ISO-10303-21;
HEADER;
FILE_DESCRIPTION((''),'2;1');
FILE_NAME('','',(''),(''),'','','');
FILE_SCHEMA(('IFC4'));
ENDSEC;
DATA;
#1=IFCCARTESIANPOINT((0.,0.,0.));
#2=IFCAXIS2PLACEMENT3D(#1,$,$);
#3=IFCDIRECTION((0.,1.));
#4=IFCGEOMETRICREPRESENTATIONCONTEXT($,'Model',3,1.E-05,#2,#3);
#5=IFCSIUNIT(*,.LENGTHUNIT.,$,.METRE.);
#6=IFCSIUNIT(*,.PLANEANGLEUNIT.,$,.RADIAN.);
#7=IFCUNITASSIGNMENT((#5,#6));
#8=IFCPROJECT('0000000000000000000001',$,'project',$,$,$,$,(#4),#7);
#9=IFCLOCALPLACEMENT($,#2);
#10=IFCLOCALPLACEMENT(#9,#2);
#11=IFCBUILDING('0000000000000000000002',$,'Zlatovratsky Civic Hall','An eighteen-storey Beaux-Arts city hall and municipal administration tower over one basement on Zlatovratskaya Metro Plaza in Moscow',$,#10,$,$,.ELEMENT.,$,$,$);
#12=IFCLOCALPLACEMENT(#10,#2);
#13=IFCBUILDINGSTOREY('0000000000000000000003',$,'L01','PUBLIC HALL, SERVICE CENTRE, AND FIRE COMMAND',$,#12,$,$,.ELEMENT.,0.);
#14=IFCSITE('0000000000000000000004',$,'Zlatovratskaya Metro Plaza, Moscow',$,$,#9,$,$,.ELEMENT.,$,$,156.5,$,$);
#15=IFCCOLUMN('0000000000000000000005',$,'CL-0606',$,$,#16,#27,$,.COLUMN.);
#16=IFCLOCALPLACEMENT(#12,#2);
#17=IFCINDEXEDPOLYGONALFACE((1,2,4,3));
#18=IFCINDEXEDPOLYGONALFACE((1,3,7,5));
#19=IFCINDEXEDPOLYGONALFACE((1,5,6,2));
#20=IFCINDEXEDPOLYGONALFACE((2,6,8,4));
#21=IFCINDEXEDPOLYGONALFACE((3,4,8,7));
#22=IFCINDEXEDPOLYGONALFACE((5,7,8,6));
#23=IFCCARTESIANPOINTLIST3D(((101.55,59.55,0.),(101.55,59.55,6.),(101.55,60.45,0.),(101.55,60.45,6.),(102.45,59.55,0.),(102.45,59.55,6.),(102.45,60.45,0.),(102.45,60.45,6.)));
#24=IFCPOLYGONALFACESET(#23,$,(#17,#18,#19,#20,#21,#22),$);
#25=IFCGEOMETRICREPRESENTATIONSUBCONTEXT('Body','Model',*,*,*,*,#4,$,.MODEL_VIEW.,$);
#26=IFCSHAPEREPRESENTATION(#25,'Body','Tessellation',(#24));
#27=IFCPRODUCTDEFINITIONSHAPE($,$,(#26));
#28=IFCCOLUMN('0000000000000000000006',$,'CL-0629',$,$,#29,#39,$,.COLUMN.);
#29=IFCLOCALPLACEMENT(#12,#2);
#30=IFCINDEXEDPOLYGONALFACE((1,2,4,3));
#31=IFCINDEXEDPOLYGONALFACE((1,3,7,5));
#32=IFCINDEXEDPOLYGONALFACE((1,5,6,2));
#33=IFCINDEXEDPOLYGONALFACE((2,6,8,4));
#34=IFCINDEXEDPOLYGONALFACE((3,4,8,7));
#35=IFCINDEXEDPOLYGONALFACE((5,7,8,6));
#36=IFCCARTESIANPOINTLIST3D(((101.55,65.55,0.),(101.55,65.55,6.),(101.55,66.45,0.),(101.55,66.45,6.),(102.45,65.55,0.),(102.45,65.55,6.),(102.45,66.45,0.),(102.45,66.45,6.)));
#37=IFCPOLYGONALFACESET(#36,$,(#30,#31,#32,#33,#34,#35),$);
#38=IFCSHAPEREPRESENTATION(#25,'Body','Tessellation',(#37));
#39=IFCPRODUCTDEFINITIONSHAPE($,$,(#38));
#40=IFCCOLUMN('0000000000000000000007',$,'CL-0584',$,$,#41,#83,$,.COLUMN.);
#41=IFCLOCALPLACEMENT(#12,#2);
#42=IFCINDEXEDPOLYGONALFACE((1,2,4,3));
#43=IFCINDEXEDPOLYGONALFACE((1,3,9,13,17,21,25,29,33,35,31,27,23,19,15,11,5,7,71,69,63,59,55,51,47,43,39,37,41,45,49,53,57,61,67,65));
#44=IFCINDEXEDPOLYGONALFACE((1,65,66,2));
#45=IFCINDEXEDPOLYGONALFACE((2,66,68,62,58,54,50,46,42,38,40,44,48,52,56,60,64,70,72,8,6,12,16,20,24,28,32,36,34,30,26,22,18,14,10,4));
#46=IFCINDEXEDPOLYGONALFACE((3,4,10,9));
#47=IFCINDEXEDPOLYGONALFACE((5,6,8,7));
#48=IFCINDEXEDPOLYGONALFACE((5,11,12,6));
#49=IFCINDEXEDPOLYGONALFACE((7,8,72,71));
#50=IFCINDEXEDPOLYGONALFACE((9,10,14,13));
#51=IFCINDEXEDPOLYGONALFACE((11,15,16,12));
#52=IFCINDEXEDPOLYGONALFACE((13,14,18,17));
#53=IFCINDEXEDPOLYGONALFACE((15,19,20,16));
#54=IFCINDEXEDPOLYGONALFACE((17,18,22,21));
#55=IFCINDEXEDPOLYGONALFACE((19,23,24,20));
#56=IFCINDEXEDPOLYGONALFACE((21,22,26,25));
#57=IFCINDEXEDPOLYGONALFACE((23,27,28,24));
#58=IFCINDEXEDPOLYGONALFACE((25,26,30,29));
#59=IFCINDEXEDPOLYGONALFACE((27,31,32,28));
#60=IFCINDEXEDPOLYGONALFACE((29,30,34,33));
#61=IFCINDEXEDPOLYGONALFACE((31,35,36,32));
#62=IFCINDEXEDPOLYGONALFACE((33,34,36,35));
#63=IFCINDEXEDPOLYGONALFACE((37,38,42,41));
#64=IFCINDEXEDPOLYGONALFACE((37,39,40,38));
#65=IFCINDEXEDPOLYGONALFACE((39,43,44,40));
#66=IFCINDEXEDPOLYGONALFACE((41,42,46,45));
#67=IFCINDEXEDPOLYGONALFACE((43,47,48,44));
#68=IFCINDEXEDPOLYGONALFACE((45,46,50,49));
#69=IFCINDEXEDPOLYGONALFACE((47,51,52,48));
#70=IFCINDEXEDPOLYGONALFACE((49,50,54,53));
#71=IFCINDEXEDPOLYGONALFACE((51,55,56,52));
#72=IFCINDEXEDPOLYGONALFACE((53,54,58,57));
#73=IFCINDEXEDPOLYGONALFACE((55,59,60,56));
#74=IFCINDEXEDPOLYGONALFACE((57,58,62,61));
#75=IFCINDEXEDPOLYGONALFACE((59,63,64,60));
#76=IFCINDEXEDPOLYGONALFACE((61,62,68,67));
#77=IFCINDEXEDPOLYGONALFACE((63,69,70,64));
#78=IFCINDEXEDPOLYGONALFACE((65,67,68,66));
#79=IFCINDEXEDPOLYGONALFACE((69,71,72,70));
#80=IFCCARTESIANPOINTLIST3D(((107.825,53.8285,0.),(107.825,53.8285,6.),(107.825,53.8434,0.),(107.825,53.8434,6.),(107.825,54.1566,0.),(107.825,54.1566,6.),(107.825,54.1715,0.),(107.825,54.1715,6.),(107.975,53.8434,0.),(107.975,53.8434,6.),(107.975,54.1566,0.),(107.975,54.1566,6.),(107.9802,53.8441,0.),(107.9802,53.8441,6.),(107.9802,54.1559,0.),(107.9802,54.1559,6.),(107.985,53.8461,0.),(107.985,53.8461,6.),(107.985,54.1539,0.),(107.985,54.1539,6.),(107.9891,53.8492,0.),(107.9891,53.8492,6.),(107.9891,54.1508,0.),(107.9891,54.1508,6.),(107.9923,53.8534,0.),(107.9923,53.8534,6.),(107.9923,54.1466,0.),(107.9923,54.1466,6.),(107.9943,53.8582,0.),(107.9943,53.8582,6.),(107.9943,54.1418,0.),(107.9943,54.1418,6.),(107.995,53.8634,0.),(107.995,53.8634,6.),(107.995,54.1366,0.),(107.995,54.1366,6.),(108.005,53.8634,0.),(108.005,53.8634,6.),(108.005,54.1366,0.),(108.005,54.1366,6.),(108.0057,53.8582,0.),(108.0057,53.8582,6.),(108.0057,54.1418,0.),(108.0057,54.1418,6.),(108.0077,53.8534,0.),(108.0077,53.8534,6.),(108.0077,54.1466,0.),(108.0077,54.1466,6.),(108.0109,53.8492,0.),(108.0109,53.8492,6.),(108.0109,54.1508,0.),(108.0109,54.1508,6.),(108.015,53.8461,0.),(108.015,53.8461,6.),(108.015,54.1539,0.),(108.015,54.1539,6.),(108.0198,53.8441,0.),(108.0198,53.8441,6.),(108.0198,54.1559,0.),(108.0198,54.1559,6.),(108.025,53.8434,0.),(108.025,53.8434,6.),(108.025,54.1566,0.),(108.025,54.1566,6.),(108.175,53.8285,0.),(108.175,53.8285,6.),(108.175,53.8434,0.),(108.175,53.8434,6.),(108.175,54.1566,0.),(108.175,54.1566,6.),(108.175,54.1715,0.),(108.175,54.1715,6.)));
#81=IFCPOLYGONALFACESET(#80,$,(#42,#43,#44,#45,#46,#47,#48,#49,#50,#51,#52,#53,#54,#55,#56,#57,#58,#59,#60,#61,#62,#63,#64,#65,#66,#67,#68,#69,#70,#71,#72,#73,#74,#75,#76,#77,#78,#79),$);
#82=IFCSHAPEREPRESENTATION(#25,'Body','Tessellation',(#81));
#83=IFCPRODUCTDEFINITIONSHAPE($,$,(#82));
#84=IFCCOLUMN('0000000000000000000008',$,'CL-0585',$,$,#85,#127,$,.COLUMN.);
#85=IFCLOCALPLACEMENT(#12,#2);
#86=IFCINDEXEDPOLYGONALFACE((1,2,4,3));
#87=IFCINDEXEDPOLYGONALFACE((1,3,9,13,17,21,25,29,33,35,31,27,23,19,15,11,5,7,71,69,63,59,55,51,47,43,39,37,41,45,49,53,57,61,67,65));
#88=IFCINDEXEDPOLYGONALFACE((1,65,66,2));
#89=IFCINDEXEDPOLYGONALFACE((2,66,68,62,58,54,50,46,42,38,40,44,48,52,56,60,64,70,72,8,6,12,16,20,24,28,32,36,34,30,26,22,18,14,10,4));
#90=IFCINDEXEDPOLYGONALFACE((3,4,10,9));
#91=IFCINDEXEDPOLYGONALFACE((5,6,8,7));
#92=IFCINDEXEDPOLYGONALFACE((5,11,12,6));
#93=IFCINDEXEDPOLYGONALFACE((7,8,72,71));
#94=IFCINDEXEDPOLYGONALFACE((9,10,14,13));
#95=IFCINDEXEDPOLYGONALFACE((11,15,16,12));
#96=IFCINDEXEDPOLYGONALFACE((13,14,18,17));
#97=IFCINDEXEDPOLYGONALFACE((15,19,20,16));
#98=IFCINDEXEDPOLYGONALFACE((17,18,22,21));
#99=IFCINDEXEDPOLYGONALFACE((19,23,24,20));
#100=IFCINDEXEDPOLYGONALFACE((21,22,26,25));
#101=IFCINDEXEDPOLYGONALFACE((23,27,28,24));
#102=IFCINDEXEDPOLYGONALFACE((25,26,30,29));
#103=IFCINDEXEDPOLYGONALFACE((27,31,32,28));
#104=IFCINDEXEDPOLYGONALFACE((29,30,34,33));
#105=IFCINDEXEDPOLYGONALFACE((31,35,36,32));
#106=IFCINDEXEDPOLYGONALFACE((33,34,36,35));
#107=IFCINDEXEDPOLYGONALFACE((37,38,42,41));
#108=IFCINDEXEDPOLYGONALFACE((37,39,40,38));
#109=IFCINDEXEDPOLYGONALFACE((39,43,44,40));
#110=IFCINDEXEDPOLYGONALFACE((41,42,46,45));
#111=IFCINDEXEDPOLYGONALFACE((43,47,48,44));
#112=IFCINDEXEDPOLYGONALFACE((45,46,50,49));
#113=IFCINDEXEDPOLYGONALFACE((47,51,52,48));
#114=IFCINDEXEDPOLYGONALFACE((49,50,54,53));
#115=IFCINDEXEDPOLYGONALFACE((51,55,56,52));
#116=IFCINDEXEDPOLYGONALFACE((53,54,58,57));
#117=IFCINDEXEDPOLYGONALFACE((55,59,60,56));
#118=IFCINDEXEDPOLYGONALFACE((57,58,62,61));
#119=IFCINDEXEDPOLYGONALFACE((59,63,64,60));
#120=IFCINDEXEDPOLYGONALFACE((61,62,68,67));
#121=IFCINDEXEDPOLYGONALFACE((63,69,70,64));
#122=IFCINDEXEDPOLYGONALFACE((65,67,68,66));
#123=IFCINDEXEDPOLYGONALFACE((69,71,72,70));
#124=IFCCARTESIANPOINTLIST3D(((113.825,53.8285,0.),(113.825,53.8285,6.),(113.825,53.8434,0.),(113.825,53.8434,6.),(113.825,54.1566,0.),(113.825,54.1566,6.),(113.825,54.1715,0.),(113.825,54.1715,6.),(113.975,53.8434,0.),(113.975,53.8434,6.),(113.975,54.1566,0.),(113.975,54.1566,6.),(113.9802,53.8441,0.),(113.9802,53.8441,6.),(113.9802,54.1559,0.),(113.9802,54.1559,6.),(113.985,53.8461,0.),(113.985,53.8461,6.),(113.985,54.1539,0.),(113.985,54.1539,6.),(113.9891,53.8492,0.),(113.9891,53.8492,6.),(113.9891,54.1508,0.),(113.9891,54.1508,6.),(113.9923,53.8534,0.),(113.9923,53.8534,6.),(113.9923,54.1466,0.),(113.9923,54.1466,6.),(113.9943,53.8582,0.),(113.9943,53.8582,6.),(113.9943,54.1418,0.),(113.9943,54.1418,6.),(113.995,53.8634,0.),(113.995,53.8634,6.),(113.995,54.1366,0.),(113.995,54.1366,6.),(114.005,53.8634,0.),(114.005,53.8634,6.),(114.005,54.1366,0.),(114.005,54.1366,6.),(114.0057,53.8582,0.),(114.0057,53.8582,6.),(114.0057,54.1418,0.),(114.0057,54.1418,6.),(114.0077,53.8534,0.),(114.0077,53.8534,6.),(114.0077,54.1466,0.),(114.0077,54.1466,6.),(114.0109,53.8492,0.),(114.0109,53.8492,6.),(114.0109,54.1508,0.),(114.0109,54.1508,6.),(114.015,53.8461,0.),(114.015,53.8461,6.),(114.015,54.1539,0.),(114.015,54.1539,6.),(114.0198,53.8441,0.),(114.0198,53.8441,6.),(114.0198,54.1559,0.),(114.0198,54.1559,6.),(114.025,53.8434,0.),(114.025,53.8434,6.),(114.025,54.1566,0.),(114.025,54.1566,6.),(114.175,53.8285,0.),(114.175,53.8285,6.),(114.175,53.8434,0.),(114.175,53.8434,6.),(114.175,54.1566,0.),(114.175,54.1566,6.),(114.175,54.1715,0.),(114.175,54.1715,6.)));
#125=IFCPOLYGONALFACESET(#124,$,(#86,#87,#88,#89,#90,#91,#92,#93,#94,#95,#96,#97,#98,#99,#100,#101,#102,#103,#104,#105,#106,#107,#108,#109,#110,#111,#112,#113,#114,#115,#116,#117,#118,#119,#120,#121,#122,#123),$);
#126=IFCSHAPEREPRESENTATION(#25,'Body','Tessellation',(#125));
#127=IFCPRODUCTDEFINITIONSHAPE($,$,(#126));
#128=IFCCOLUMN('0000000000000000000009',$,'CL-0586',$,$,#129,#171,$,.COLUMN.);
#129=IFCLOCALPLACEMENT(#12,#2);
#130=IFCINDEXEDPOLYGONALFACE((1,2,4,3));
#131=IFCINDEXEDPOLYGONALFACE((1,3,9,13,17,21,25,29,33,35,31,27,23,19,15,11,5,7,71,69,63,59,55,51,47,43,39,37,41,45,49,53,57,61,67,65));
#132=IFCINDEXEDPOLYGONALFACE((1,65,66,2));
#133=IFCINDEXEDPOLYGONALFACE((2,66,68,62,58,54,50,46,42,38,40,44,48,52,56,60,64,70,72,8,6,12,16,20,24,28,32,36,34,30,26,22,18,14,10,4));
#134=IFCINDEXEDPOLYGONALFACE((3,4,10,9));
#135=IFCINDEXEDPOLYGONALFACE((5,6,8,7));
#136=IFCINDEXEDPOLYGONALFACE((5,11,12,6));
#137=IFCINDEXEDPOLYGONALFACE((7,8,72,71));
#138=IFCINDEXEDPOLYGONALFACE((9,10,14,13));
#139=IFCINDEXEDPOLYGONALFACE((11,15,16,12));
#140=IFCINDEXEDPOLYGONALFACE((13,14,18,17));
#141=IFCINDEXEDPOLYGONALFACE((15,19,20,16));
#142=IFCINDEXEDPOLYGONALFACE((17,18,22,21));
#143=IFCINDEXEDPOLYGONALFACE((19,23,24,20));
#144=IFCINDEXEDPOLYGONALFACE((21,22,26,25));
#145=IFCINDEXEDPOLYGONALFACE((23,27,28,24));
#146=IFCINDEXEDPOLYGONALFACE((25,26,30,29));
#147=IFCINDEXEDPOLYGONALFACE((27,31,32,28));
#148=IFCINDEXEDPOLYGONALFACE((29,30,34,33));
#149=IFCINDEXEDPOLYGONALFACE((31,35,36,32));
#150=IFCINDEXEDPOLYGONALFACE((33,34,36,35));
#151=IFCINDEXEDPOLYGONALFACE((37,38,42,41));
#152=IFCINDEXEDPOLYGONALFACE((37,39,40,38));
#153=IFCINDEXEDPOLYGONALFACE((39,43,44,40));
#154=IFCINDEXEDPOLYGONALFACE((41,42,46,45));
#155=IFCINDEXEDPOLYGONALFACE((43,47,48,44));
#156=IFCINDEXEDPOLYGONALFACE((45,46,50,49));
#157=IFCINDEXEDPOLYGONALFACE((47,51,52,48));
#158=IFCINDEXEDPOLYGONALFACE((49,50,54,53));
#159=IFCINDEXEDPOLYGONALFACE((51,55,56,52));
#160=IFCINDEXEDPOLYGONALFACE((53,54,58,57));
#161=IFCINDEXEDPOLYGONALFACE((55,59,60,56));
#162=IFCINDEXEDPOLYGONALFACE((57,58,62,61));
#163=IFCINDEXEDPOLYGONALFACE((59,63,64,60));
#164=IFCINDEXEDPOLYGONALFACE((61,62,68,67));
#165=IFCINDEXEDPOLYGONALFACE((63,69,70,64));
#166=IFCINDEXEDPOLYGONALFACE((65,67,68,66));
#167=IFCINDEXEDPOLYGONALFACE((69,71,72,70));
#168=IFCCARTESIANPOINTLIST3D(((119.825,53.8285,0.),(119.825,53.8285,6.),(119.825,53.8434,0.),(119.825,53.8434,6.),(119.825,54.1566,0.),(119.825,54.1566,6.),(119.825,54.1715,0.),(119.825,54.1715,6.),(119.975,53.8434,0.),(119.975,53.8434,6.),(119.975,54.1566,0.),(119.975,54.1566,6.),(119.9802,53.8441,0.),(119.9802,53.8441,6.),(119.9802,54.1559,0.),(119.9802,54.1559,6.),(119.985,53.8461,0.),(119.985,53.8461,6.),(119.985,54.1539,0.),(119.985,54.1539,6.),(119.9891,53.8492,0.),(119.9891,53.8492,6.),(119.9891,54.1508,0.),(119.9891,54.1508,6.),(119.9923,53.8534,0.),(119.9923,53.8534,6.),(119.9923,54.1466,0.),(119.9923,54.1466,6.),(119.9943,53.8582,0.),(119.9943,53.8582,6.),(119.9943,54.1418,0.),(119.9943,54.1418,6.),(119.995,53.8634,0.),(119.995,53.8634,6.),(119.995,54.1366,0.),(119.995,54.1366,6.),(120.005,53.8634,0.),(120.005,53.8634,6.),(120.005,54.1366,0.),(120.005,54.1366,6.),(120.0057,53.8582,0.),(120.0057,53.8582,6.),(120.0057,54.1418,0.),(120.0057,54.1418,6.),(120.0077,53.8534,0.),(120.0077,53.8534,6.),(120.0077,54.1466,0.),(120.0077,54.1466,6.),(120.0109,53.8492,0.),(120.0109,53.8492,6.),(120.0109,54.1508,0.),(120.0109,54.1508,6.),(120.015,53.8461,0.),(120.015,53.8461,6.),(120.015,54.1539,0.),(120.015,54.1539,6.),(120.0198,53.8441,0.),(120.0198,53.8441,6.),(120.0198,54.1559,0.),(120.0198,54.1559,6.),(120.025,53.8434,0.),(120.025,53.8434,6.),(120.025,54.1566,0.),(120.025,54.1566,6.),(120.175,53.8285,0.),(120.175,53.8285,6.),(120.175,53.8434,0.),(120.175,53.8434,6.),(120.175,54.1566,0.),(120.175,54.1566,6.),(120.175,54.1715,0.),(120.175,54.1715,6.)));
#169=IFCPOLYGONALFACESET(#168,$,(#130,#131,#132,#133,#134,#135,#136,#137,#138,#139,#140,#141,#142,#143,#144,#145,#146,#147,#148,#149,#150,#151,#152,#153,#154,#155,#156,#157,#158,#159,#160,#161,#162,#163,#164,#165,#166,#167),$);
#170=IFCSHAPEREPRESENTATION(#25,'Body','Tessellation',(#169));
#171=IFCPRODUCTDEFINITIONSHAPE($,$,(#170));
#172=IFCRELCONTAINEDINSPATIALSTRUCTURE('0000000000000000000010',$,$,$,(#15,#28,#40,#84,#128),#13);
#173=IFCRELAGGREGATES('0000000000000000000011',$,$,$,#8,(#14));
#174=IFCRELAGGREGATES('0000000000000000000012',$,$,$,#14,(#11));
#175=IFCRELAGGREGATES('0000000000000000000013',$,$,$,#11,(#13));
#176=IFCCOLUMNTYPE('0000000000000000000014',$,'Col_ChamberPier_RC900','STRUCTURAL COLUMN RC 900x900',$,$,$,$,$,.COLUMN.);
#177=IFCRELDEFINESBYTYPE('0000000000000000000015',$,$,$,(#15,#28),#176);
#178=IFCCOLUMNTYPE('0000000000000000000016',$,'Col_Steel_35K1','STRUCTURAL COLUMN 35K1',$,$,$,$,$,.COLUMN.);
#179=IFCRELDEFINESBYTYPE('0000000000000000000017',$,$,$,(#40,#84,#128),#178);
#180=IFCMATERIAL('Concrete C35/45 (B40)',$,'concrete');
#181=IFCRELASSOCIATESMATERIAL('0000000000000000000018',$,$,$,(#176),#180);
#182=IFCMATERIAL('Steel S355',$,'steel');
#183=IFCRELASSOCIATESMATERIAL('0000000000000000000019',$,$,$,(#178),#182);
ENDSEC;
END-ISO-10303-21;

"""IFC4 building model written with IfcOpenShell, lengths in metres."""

from ifc_helpers import new_model, si_unit, direction, frame, origin, origin_2d, place, context, subcontext, project, spatial, rectangle, i_section, extrude, material, material_profile, profile_set, type_object, element, save


model = new_model("IFC4")

# Units and contexts
model_context = context("Model", 3, precision=1e-05, world=origin(), true_north=direction((0.0, 1.0)))
body_context = subcontext(model_context, "Body", "Model", "MODEL_VIEW")
ifc_project = project(units=[si_unit("LENGTHUNIT", "METRE"), si_unit("PLANEANGLEUNIT", "RADIAN")], contexts=[model_context])

# Site, building, storey
site_placement = place(None, origin())
site = spatial("IfcSite", under=ifc_project, at=site_placement, Name="Zlatovratskaya Metro Plaza, Moscow", CompositionType="ELEMENT", RefElevation=156.5)
building_placement = place(site_placement, origin())
building = spatial("IfcBuilding", under=site, at=building_placement, Name="Zlatovratsky Civic Hall", Description="An eighteen-storey Beaux-Arts city hall and municipal administration tower over one basement on Zlatovratskaya Metro Plaza in Moscow", CompositionType="ELEMENT")
storey_placement = place(building_placement, origin())
storey = spatial("IfcBuildingStorey", under=building, at=storey_placement, Name="L01", Description="PUBLIC HALL, SERVICE CENTRE, AND FIRE COMMAND", CompositionType="ELEMENT", Elevation=0.0)

# Columns
ifc_material_1 = material(Name="Concrete C35/45 (B40)", Category="concrete")
ifc_material_profile_1 = material_profile(ifc_material_1, rectangle(XDim=0.8999, YDim=0.8999, at=origin_2d()), Name="RC 900x900")
ifc_profile_set_1 = profile_set([ifc_material_profile_1], Name="Concrete C35/45 (B40)")
column_type_1 = type_object("IfcColumnType", Name="Col_ChamberPier_RC900", Description="STRUCTURAL COLUMN RC 900x900", PredefinedType="COLUMN", material=ifc_profile_set_1)
for number, where, z_axis, x_axis, name in (
    (1, (102.0, 60.0, 0.0), (0.0, 0.0, 1.0), (1.0, 0.0, 0.0), "CL-0606"),
    (2, (102.0, 66.0, 0.0), (0.0, 0.0, 1.0), (1.0, 0.0, 0.0), "CL-0629"),
):
    element("IfcColumn", number, at=place(storey_placement, frame(where, z_axis=z_axis, x_axis=x_axis)), inside=storey, type_object=column_type_1, Name=name, PredefinedType="COLUMN", context=body_context, shape_type="SweptSolid", body=[
        extrude(rectangle(XDim=0.8999, YDim=0.8999, at=origin_2d()), origin(), (0.0, 0.0, 1.0), 6.0),
    ])
ifc_material_2 = material(Name="Steel S355", Category="steel")
ifc_material_profile_2 = material_profile(ifc_material_2, i_section(OverallWidth=0.3501, OverallDepth=0.343, WebThickness=0.01, FlangeThickness=0.0149, FilletRadius=0.02, at=origin_2d()), Name="35K1")
ifc_profile_set_2 = profile_set([ifc_material_profile_2], Name="Steel S355")
column_type_2 = type_object("IfcColumnType", Name="Col_Steel_35K1", Description="STRUCTURAL COLUMN 35K1", PredefinedType="COLUMN", material=ifc_profile_set_2)
for number, where, z_axis, x_axis, name in (
    (3, (108.0, 54.0, 0.0), (0.0, 0.0, 1.0), (1.0, 0.0, 0.0), "CL-0584"),
    (4, (114.0, 54.0, 0.0), (0.0, 0.0, 1.0), (1.0, 0.0, 0.0), "CL-0585"),
    (5, (120.0, 54.0, 0.0), (0.0, 0.0, 1.0), (1.0, 0.0, 0.0), "CL-0586"),
):
    element("IfcColumn", number, at=place(storey_placement, frame(where, z_axis=z_axis, x_axis=x_axis)), inside=storey, type_object=column_type_2, Name=name, PredefinedType="COLUMN", context=body_context, shape_type="SweptSolid", body=[
        extrude(i_section(OverallWidth=0.3501, OverallDepth=0.343, WebThickness=0.01, FlangeThickness=0.0149, FilletRadius=0.02, at=origin_2d()), origin(), (0.0, 0.0, 1.0), 6.0),
    ])

save(model, "model.ifc")
